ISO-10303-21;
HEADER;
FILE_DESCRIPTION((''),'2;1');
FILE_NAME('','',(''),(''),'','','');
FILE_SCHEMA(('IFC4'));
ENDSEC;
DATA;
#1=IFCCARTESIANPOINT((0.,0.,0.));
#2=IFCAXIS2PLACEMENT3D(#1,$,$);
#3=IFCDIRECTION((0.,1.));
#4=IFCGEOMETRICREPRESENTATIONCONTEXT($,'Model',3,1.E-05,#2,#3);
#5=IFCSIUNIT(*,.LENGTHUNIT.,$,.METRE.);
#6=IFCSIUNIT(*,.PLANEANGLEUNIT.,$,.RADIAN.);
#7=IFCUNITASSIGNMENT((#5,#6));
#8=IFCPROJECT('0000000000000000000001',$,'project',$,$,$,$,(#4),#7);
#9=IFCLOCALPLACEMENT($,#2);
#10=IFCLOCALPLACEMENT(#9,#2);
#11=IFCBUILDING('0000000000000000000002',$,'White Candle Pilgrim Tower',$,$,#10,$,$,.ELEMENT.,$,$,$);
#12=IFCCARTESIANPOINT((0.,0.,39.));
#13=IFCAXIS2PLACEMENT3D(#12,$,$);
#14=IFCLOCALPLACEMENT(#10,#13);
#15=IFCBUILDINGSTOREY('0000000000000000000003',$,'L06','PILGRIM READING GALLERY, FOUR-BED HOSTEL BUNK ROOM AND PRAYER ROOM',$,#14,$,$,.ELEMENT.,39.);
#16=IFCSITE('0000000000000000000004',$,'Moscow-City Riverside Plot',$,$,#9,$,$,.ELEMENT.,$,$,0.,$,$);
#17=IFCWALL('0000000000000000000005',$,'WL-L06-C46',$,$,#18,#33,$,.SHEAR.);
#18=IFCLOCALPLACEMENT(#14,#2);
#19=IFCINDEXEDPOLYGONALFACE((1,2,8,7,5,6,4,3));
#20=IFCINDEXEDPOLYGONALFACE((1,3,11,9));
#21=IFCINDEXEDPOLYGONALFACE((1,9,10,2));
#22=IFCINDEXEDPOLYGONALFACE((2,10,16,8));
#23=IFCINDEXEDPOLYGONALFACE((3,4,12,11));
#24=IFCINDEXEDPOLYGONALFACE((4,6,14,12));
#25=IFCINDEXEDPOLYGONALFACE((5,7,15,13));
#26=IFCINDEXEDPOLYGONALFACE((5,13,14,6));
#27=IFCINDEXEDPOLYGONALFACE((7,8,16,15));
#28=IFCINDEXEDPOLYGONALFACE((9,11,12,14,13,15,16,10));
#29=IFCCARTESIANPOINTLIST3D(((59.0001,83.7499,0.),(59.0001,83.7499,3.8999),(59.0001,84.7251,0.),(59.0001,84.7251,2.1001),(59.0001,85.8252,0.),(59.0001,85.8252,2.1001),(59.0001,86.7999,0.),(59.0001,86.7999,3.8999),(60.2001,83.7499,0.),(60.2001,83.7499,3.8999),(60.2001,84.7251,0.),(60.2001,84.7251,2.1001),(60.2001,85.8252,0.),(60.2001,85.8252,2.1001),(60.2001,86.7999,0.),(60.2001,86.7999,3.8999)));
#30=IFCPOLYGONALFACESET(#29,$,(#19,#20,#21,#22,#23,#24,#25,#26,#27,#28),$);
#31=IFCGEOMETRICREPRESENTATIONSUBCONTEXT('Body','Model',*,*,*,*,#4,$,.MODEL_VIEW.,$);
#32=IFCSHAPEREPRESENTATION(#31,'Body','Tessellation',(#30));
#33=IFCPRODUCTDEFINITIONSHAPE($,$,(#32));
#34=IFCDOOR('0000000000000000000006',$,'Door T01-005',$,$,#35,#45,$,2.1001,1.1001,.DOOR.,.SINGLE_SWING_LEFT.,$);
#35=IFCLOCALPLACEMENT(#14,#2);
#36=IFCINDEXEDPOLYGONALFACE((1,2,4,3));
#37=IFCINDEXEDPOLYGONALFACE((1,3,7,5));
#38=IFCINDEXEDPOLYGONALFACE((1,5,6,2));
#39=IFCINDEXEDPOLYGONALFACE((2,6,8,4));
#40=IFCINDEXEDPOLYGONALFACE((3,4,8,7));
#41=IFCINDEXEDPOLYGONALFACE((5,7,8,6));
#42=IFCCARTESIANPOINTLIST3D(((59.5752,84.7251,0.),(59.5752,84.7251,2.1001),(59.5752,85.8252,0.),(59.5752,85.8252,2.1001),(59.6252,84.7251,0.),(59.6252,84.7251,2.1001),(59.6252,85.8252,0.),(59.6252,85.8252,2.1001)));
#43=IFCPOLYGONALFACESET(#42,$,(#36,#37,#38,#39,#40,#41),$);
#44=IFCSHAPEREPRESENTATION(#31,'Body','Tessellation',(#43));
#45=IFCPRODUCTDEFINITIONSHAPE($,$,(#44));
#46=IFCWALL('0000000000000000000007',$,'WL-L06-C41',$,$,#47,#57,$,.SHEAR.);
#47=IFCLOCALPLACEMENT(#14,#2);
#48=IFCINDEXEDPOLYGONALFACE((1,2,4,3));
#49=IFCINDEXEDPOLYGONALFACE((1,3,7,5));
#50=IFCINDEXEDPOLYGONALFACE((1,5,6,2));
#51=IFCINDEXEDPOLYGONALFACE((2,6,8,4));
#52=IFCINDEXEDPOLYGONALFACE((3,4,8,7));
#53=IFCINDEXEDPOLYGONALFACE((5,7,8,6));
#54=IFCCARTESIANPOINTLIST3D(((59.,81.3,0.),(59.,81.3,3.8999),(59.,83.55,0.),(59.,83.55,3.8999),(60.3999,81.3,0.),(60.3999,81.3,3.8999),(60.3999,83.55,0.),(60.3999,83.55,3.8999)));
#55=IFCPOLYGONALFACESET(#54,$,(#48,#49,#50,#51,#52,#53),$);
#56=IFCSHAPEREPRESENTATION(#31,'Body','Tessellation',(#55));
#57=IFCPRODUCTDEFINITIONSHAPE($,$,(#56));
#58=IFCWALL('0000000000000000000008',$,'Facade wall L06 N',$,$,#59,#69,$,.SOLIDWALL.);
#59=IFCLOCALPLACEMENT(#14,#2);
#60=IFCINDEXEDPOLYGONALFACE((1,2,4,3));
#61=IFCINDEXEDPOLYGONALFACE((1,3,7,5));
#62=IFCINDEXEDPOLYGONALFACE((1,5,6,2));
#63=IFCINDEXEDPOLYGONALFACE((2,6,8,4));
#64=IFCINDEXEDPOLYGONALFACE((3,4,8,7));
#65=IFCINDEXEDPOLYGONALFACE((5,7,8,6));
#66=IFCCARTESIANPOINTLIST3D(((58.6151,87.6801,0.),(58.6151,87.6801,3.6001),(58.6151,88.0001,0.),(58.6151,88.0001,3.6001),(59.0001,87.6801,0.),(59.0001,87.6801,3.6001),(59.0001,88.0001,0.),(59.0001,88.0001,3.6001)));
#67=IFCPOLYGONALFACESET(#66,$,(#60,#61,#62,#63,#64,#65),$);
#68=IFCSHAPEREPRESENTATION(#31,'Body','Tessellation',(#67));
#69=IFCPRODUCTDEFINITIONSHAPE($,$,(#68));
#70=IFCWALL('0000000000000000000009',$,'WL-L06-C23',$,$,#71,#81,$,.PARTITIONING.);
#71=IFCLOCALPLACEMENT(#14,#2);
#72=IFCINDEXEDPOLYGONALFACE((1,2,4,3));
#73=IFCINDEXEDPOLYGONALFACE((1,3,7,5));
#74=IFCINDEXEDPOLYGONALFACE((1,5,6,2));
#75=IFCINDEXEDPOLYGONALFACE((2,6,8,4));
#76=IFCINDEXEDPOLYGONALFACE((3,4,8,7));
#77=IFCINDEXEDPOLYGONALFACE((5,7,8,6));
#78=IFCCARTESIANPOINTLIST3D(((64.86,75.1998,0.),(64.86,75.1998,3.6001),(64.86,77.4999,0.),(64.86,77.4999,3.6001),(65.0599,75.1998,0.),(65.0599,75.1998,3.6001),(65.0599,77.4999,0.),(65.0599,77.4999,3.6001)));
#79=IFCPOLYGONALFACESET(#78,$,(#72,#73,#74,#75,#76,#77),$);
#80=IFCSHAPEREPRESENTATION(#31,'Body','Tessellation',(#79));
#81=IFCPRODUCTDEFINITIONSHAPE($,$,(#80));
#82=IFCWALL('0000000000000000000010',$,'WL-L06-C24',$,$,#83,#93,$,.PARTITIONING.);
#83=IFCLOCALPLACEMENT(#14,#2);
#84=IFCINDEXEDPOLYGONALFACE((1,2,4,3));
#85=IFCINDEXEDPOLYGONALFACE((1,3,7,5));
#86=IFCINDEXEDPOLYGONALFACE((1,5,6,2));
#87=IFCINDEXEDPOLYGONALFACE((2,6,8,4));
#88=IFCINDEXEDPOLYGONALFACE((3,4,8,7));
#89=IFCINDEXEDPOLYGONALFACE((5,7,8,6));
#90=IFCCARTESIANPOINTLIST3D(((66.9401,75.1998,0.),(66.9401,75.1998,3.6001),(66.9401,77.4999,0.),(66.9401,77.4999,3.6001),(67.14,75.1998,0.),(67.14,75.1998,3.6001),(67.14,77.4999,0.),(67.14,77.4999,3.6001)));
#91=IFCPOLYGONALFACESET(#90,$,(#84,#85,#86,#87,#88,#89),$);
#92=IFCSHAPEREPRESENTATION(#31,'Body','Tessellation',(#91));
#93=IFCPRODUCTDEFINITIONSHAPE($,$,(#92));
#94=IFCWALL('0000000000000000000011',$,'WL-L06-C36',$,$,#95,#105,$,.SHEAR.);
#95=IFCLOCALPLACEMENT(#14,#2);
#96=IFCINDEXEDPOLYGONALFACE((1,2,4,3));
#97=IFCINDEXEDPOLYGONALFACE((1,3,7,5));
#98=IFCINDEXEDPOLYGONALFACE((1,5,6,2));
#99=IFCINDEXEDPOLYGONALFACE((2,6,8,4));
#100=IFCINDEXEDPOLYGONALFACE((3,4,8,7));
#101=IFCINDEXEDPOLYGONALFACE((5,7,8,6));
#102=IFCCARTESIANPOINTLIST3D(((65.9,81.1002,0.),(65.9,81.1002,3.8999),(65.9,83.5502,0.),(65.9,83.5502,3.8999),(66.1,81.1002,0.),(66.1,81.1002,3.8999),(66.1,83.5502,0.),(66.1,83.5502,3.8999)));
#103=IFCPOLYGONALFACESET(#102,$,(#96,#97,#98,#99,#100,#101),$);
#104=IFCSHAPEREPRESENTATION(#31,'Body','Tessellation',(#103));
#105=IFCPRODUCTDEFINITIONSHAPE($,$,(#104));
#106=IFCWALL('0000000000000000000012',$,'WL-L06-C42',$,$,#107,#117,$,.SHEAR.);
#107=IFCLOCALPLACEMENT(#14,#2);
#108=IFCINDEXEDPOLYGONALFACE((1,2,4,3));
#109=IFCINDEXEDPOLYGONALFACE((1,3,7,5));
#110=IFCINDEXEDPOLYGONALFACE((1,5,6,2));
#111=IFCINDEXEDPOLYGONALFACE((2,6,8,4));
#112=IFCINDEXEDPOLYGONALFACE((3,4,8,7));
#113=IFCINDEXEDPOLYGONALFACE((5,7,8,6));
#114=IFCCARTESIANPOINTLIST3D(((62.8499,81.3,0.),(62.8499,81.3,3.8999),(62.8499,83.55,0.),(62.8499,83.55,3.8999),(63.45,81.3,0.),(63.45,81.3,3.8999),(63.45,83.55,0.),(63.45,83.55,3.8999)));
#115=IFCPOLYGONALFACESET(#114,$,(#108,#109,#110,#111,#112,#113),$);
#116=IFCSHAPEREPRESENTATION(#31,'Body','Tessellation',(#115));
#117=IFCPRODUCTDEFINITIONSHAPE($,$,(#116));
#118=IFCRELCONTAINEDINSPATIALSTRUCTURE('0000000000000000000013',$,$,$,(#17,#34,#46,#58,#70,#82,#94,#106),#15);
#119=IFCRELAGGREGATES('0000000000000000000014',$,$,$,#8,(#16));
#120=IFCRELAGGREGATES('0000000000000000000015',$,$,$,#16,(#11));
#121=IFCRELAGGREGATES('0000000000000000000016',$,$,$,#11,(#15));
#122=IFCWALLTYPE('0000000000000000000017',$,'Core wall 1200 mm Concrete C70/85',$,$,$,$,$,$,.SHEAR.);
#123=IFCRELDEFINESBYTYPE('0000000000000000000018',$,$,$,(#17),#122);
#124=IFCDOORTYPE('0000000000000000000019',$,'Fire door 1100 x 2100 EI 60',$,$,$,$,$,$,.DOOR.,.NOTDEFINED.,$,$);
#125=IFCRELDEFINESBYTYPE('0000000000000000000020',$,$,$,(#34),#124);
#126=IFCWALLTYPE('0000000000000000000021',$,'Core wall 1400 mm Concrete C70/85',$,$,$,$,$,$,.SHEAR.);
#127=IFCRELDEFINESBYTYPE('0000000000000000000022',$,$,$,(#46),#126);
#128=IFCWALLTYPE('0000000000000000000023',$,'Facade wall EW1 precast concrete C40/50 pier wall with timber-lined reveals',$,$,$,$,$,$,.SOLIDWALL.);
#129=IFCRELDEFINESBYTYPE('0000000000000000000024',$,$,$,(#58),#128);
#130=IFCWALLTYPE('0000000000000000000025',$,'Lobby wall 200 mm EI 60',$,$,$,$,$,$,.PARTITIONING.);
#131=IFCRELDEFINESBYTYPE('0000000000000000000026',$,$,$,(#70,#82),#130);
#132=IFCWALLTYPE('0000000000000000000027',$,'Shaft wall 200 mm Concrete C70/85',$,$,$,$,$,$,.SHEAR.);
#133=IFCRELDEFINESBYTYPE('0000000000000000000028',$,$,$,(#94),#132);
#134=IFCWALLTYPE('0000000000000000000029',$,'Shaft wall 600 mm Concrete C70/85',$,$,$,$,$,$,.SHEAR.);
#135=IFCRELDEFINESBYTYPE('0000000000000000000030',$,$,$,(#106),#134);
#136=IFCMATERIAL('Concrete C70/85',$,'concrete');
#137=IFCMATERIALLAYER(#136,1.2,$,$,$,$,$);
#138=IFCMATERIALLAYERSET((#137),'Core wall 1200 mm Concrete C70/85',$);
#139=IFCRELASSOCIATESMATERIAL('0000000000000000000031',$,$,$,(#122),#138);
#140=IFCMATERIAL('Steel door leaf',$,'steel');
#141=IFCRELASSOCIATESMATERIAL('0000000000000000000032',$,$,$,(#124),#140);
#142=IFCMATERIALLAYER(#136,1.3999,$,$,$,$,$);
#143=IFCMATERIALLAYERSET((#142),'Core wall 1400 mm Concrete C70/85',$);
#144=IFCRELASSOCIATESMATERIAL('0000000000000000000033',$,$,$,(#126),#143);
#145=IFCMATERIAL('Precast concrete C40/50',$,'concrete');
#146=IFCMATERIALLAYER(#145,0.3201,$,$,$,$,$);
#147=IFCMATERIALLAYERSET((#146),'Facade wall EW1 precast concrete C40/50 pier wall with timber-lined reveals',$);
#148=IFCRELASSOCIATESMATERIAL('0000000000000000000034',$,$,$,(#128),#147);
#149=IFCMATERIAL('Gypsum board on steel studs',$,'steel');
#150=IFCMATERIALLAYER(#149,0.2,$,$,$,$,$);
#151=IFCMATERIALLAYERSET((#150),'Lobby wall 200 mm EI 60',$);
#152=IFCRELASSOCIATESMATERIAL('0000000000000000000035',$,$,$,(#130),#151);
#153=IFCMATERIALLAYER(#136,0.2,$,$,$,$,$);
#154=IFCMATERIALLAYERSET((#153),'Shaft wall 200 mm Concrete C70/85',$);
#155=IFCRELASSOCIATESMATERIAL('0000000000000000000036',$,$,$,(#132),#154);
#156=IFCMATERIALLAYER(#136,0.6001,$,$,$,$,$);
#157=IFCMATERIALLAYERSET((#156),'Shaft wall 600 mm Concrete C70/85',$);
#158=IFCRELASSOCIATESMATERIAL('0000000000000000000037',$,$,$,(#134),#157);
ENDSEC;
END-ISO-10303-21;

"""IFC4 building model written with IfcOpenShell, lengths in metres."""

from ifc_helpers import new_model, si_unit, direction, frame, frame_2d, origin, place, context, subcontext, project, spatial, rectangle, extrude, material, layer, layer_set, type_object, element, fill, save


model = new_model("IFC4")

# Units and contexts
model_context = context("Model", 3, precision=1e-05, world=origin(), true_north=direction((0.0, 1.0)))
body_context = subcontext(model_context, "Body", "Model", "MODEL_VIEW")
ifc_project = project(units=[si_unit("LENGTHUNIT", "METRE"), si_unit("PLANEANGLEUNIT", "RADIAN")], contexts=[model_context])

# Site, building, storey
site_placement = place(None, origin())
site = spatial("IfcSite", under=ifc_project, at=site_placement, Name="Moscow-City Riverside Plot", CompositionType="ELEMENT", RefElevation=0.0)
building_placement = place(site_placement, origin())
building = spatial("IfcBuilding", under=site, at=building_placement, Name="White Candle Pilgrim Tower", CompositionType="ELEMENT")
storey_placement = place(building_placement, frame((0.0, 0.0, 39.0)))
storey = spatial("IfcBuildingStorey", under=building, at=storey_placement, Name="L06", Description="PILGRIM READING GALLERY, FOUR-BED HOSTEL BUNK ROOM AND PRAYER ROOM", CompositionType="ELEMENT", Elevation=39.0)

# Wall, opening, door
ifc_material_1 = material(Name="Concrete C70/85", Category="concrete")
ifc_layer_1 = layer(ifc_material_1, 1.2)
ifc_layer_set_1 = layer_set([ifc_layer_1], Name="Core wall 1200 mm Concrete C70/85")
wall_type_1 = type_object("IfcWallType", Name="Core wall 1200 mm Concrete C70/85", PredefinedType="SHEAR", material=ifc_layer_set_1)
wall_1_placement = place(storey_placement, frame((59.6001, 83.75, 0.0), z_axis=(0.0, 0.0, 1.0), x_axis=(0.0, 1.0, 0.0)))
wall_1 = element("IfcWall", 1, at=wall_1_placement, inside=storey, type_object=wall_type_1, Name="WL-L06-C46", PredefinedType="SHEAR", context=body_context, shape_type="SweptSolid", body=[
    extrude(rectangle(XDim=3.05, YDim=1.2, at=frame_2d((1.5249, 0.0))), origin(), (0.0, 0.0, 1.0), 3.8999),
])
opening_1_placement = place(wall_1_placement, frame((0.9751, 0.0, 0.0)))
opening_1 = element("IfcOpeningElement", 2, at=opening_1_placement, cuts=wall_1, PredefinedType="OPENING", context=body_context, shape_type="SweptSolid", body=[
    extrude(rectangle(XDim=1.1001, YDim=2.1001, at=frame_2d((0.55, 1.05))), frame((0.0, 0.6099, 0.0), z_axis=(0.0, -1.0, 0.0), x_axis=(1.0, 0.0, 0.0)), (0.0, 0.0, 1.0), 1.22),
])
ifc_material_2 = material(Name="Steel door leaf", Category="steel")
door_type_1 = type_object("IfcDoorType", Name="Fire door 1100 x 2100 EI 60", OperationType="NOTDEFINED", PredefinedType="DOOR", material=ifc_material_2)
door_1_placement = place(opening_1_placement, origin())
door_1 = element("IfcDoor", 3, at=door_1_placement, inside=storey, type_object=door_type_1, Name="Door T01-005", OperationType="SINGLE_SWING_LEFT", OverallHeight=2.1001, OverallWidth=1.1001, PredefinedType="DOOR", context=body_context, shape_type="SweptSolid", body=[
    extrude(rectangle(XDim=1.1001, YDim=2.1001, at=frame_2d((0.55, 1.05))), frame((0.0, 0.0249, 0.0), z_axis=(0.0, -1.0, 0.0), x_axis=(1.0, 0.0, 0.0)), (0.0, 0.0, 1.0), 0.05),
])
fill(opening_1, door_1)

# Walls
ifc_layer_2 = layer(ifc_material_1, 1.3999)
ifc_layer_set_2 = layer_set([ifc_layer_2], Name="Core wall 1400 mm Concrete C70/85")
wall_type_2 = type_object("IfcWallType", Name="Core wall 1400 mm Concrete C70/85", PredefinedType="SHEAR", material=ifc_layer_set_2)
wall_2_placement = place(storey_placement, frame((59.7, 81.3, 0.0), z_axis=(0.0, 0.0, 1.0), x_axis=(0.0, 1.0, 0.0)))
element("IfcWall", 4, at=wall_2_placement, inside=storey, type_object=wall_type_2, Name="WL-L06-C41", PredefinedType="SHEAR", context=body_context, shape_type="SweptSolid", body=[
    extrude(rectangle(XDim=2.25, YDim=1.3999, at=frame_2d((1.125, 0.0))), origin(), (0.0, 0.0, 1.0), 3.8999),
])
ifc_material_3 = material(Name="Precast concrete C40/50", Category="concrete")
ifc_layer_3 = layer(ifc_material_3, 0.3201)
ifc_layer_set_3 = layer_set([ifc_layer_3], Name="Facade wall EW1 precast concrete C40/50 pier wall with timber-lined reveals")
wall_type_3 = type_object("IfcWallType", Name="Facade wall EW1 precast concrete C40/50 pier wall with timber-lined reveals", PredefinedType="SOLIDWALL", material=ifc_layer_set_3)
wall_3_placement = place(storey_placement, frame((59.0, 87.8401, 0.0), z_axis=(0.0, 0.0, 1.0), x_axis=(-1.0, 0.0, 0.0)))
element("IfcWall", 5, at=wall_3_placement, inside=storey, type_object=wall_type_3, Name="Facade wall L06 N", PredefinedType="SOLIDWALL", context=body_context, shape_type="SweptSolid", body=[
    extrude(rectangle(XDim=0.385, YDim=0.3201, at=frame_2d((0.1924, 0.0))), origin(), (0.0, 0.0, 1.0), 3.6001),
])
ifc_material_4 = material(Name="Gypsum board on steel studs", Category="steel")
ifc_layer_4 = layer(ifc_material_4, 0.2)
ifc_layer_set_4 = layer_set([ifc_layer_4], Name="Lobby wall 200 mm EI 60")
wall_type_4 = type_object("IfcWallType", Name="Lobby wall 200 mm EI 60", PredefinedType="PARTITIONING", material=ifc_layer_set_4)
for number, where, z_axis, x_axis, name in (
    (6, (64.96, 75.2, 0.0), (0.0, 0.0, 1.0), (0.0, 1.0, 0.0), "WL-L06-C23"),
    (7, (67.04, 75.2, 0.0), (0.0, 0.0, 1.0), (0.0, 1.0, 0.0), "WL-L06-C24"),
):
    element("IfcWall", number, at=place(storey_placement, frame(where, z_axis=z_axis, x_axis=x_axis)), inside=storey, type_object=wall_type_4, Name=name, PredefinedType="PARTITIONING", context=body_context, shape_type="SweptSolid", body=[
        extrude(rectangle(XDim=2.3, YDim=0.2, at=frame_2d((1.1499, 0.0))), origin(), (0.0, 0.0, 1.0), 3.6001),
    ])
ifc_layer_5 = layer(ifc_material_1, 0.2)
ifc_layer_set_5 = layer_set([ifc_layer_5], Name="Shaft wall 200 mm Concrete C70/85")
wall_type_5 = type_object("IfcWallType", Name="Shaft wall 200 mm Concrete C70/85", PredefinedType="SHEAR", material=ifc_layer_set_5)
wall_4_placement = place(storey_placement, frame((66.0, 81.1001, 0.0), z_axis=(0.0, 0.0, 1.0), x_axis=(0.0, 1.0, 0.0)))
element("IfcWall", 8, at=wall_4_placement, inside=storey, type_object=wall_type_5, Name="WL-L06-C36", PredefinedType="SHEAR", context=body_context, shape_type="SweptSolid", body=[
    extrude(rectangle(XDim=2.45, YDim=0.2, at=frame_2d((1.2251, 0.0))), origin(), (0.0, 0.0, 1.0), 3.8999),
])
ifc_layer_6 = layer(ifc_material_1, 0.6001)
ifc_layer_set_6 = layer_set([ifc_layer_6], Name="Shaft wall 600 mm Concrete C70/85")
wall_type_6 = type_object("IfcWallType", Name="Shaft wall 600 mm Concrete C70/85", PredefinedType="SHEAR", material=ifc_layer_set_6)
wall_5_placement = place(storey_placement, frame((63.1499, 81.3, 0.0), z_axis=(0.0, 0.0, 1.0), x_axis=(0.0, 1.0, 0.0)))
element("IfcWall", 9, at=wall_5_placement, inside=storey, type_object=wall_type_6, Name="WL-L06-C42", PredefinedType="SHEAR", context=body_context, shape_type="SweptSolid", body=[
    extrude(rectangle(XDim=2.25, YDim=0.6001, at=frame_2d((1.125, 0.0))), origin(), (0.0, 0.0, 1.0), 3.8999),
])

save(model, "model.ifc")
